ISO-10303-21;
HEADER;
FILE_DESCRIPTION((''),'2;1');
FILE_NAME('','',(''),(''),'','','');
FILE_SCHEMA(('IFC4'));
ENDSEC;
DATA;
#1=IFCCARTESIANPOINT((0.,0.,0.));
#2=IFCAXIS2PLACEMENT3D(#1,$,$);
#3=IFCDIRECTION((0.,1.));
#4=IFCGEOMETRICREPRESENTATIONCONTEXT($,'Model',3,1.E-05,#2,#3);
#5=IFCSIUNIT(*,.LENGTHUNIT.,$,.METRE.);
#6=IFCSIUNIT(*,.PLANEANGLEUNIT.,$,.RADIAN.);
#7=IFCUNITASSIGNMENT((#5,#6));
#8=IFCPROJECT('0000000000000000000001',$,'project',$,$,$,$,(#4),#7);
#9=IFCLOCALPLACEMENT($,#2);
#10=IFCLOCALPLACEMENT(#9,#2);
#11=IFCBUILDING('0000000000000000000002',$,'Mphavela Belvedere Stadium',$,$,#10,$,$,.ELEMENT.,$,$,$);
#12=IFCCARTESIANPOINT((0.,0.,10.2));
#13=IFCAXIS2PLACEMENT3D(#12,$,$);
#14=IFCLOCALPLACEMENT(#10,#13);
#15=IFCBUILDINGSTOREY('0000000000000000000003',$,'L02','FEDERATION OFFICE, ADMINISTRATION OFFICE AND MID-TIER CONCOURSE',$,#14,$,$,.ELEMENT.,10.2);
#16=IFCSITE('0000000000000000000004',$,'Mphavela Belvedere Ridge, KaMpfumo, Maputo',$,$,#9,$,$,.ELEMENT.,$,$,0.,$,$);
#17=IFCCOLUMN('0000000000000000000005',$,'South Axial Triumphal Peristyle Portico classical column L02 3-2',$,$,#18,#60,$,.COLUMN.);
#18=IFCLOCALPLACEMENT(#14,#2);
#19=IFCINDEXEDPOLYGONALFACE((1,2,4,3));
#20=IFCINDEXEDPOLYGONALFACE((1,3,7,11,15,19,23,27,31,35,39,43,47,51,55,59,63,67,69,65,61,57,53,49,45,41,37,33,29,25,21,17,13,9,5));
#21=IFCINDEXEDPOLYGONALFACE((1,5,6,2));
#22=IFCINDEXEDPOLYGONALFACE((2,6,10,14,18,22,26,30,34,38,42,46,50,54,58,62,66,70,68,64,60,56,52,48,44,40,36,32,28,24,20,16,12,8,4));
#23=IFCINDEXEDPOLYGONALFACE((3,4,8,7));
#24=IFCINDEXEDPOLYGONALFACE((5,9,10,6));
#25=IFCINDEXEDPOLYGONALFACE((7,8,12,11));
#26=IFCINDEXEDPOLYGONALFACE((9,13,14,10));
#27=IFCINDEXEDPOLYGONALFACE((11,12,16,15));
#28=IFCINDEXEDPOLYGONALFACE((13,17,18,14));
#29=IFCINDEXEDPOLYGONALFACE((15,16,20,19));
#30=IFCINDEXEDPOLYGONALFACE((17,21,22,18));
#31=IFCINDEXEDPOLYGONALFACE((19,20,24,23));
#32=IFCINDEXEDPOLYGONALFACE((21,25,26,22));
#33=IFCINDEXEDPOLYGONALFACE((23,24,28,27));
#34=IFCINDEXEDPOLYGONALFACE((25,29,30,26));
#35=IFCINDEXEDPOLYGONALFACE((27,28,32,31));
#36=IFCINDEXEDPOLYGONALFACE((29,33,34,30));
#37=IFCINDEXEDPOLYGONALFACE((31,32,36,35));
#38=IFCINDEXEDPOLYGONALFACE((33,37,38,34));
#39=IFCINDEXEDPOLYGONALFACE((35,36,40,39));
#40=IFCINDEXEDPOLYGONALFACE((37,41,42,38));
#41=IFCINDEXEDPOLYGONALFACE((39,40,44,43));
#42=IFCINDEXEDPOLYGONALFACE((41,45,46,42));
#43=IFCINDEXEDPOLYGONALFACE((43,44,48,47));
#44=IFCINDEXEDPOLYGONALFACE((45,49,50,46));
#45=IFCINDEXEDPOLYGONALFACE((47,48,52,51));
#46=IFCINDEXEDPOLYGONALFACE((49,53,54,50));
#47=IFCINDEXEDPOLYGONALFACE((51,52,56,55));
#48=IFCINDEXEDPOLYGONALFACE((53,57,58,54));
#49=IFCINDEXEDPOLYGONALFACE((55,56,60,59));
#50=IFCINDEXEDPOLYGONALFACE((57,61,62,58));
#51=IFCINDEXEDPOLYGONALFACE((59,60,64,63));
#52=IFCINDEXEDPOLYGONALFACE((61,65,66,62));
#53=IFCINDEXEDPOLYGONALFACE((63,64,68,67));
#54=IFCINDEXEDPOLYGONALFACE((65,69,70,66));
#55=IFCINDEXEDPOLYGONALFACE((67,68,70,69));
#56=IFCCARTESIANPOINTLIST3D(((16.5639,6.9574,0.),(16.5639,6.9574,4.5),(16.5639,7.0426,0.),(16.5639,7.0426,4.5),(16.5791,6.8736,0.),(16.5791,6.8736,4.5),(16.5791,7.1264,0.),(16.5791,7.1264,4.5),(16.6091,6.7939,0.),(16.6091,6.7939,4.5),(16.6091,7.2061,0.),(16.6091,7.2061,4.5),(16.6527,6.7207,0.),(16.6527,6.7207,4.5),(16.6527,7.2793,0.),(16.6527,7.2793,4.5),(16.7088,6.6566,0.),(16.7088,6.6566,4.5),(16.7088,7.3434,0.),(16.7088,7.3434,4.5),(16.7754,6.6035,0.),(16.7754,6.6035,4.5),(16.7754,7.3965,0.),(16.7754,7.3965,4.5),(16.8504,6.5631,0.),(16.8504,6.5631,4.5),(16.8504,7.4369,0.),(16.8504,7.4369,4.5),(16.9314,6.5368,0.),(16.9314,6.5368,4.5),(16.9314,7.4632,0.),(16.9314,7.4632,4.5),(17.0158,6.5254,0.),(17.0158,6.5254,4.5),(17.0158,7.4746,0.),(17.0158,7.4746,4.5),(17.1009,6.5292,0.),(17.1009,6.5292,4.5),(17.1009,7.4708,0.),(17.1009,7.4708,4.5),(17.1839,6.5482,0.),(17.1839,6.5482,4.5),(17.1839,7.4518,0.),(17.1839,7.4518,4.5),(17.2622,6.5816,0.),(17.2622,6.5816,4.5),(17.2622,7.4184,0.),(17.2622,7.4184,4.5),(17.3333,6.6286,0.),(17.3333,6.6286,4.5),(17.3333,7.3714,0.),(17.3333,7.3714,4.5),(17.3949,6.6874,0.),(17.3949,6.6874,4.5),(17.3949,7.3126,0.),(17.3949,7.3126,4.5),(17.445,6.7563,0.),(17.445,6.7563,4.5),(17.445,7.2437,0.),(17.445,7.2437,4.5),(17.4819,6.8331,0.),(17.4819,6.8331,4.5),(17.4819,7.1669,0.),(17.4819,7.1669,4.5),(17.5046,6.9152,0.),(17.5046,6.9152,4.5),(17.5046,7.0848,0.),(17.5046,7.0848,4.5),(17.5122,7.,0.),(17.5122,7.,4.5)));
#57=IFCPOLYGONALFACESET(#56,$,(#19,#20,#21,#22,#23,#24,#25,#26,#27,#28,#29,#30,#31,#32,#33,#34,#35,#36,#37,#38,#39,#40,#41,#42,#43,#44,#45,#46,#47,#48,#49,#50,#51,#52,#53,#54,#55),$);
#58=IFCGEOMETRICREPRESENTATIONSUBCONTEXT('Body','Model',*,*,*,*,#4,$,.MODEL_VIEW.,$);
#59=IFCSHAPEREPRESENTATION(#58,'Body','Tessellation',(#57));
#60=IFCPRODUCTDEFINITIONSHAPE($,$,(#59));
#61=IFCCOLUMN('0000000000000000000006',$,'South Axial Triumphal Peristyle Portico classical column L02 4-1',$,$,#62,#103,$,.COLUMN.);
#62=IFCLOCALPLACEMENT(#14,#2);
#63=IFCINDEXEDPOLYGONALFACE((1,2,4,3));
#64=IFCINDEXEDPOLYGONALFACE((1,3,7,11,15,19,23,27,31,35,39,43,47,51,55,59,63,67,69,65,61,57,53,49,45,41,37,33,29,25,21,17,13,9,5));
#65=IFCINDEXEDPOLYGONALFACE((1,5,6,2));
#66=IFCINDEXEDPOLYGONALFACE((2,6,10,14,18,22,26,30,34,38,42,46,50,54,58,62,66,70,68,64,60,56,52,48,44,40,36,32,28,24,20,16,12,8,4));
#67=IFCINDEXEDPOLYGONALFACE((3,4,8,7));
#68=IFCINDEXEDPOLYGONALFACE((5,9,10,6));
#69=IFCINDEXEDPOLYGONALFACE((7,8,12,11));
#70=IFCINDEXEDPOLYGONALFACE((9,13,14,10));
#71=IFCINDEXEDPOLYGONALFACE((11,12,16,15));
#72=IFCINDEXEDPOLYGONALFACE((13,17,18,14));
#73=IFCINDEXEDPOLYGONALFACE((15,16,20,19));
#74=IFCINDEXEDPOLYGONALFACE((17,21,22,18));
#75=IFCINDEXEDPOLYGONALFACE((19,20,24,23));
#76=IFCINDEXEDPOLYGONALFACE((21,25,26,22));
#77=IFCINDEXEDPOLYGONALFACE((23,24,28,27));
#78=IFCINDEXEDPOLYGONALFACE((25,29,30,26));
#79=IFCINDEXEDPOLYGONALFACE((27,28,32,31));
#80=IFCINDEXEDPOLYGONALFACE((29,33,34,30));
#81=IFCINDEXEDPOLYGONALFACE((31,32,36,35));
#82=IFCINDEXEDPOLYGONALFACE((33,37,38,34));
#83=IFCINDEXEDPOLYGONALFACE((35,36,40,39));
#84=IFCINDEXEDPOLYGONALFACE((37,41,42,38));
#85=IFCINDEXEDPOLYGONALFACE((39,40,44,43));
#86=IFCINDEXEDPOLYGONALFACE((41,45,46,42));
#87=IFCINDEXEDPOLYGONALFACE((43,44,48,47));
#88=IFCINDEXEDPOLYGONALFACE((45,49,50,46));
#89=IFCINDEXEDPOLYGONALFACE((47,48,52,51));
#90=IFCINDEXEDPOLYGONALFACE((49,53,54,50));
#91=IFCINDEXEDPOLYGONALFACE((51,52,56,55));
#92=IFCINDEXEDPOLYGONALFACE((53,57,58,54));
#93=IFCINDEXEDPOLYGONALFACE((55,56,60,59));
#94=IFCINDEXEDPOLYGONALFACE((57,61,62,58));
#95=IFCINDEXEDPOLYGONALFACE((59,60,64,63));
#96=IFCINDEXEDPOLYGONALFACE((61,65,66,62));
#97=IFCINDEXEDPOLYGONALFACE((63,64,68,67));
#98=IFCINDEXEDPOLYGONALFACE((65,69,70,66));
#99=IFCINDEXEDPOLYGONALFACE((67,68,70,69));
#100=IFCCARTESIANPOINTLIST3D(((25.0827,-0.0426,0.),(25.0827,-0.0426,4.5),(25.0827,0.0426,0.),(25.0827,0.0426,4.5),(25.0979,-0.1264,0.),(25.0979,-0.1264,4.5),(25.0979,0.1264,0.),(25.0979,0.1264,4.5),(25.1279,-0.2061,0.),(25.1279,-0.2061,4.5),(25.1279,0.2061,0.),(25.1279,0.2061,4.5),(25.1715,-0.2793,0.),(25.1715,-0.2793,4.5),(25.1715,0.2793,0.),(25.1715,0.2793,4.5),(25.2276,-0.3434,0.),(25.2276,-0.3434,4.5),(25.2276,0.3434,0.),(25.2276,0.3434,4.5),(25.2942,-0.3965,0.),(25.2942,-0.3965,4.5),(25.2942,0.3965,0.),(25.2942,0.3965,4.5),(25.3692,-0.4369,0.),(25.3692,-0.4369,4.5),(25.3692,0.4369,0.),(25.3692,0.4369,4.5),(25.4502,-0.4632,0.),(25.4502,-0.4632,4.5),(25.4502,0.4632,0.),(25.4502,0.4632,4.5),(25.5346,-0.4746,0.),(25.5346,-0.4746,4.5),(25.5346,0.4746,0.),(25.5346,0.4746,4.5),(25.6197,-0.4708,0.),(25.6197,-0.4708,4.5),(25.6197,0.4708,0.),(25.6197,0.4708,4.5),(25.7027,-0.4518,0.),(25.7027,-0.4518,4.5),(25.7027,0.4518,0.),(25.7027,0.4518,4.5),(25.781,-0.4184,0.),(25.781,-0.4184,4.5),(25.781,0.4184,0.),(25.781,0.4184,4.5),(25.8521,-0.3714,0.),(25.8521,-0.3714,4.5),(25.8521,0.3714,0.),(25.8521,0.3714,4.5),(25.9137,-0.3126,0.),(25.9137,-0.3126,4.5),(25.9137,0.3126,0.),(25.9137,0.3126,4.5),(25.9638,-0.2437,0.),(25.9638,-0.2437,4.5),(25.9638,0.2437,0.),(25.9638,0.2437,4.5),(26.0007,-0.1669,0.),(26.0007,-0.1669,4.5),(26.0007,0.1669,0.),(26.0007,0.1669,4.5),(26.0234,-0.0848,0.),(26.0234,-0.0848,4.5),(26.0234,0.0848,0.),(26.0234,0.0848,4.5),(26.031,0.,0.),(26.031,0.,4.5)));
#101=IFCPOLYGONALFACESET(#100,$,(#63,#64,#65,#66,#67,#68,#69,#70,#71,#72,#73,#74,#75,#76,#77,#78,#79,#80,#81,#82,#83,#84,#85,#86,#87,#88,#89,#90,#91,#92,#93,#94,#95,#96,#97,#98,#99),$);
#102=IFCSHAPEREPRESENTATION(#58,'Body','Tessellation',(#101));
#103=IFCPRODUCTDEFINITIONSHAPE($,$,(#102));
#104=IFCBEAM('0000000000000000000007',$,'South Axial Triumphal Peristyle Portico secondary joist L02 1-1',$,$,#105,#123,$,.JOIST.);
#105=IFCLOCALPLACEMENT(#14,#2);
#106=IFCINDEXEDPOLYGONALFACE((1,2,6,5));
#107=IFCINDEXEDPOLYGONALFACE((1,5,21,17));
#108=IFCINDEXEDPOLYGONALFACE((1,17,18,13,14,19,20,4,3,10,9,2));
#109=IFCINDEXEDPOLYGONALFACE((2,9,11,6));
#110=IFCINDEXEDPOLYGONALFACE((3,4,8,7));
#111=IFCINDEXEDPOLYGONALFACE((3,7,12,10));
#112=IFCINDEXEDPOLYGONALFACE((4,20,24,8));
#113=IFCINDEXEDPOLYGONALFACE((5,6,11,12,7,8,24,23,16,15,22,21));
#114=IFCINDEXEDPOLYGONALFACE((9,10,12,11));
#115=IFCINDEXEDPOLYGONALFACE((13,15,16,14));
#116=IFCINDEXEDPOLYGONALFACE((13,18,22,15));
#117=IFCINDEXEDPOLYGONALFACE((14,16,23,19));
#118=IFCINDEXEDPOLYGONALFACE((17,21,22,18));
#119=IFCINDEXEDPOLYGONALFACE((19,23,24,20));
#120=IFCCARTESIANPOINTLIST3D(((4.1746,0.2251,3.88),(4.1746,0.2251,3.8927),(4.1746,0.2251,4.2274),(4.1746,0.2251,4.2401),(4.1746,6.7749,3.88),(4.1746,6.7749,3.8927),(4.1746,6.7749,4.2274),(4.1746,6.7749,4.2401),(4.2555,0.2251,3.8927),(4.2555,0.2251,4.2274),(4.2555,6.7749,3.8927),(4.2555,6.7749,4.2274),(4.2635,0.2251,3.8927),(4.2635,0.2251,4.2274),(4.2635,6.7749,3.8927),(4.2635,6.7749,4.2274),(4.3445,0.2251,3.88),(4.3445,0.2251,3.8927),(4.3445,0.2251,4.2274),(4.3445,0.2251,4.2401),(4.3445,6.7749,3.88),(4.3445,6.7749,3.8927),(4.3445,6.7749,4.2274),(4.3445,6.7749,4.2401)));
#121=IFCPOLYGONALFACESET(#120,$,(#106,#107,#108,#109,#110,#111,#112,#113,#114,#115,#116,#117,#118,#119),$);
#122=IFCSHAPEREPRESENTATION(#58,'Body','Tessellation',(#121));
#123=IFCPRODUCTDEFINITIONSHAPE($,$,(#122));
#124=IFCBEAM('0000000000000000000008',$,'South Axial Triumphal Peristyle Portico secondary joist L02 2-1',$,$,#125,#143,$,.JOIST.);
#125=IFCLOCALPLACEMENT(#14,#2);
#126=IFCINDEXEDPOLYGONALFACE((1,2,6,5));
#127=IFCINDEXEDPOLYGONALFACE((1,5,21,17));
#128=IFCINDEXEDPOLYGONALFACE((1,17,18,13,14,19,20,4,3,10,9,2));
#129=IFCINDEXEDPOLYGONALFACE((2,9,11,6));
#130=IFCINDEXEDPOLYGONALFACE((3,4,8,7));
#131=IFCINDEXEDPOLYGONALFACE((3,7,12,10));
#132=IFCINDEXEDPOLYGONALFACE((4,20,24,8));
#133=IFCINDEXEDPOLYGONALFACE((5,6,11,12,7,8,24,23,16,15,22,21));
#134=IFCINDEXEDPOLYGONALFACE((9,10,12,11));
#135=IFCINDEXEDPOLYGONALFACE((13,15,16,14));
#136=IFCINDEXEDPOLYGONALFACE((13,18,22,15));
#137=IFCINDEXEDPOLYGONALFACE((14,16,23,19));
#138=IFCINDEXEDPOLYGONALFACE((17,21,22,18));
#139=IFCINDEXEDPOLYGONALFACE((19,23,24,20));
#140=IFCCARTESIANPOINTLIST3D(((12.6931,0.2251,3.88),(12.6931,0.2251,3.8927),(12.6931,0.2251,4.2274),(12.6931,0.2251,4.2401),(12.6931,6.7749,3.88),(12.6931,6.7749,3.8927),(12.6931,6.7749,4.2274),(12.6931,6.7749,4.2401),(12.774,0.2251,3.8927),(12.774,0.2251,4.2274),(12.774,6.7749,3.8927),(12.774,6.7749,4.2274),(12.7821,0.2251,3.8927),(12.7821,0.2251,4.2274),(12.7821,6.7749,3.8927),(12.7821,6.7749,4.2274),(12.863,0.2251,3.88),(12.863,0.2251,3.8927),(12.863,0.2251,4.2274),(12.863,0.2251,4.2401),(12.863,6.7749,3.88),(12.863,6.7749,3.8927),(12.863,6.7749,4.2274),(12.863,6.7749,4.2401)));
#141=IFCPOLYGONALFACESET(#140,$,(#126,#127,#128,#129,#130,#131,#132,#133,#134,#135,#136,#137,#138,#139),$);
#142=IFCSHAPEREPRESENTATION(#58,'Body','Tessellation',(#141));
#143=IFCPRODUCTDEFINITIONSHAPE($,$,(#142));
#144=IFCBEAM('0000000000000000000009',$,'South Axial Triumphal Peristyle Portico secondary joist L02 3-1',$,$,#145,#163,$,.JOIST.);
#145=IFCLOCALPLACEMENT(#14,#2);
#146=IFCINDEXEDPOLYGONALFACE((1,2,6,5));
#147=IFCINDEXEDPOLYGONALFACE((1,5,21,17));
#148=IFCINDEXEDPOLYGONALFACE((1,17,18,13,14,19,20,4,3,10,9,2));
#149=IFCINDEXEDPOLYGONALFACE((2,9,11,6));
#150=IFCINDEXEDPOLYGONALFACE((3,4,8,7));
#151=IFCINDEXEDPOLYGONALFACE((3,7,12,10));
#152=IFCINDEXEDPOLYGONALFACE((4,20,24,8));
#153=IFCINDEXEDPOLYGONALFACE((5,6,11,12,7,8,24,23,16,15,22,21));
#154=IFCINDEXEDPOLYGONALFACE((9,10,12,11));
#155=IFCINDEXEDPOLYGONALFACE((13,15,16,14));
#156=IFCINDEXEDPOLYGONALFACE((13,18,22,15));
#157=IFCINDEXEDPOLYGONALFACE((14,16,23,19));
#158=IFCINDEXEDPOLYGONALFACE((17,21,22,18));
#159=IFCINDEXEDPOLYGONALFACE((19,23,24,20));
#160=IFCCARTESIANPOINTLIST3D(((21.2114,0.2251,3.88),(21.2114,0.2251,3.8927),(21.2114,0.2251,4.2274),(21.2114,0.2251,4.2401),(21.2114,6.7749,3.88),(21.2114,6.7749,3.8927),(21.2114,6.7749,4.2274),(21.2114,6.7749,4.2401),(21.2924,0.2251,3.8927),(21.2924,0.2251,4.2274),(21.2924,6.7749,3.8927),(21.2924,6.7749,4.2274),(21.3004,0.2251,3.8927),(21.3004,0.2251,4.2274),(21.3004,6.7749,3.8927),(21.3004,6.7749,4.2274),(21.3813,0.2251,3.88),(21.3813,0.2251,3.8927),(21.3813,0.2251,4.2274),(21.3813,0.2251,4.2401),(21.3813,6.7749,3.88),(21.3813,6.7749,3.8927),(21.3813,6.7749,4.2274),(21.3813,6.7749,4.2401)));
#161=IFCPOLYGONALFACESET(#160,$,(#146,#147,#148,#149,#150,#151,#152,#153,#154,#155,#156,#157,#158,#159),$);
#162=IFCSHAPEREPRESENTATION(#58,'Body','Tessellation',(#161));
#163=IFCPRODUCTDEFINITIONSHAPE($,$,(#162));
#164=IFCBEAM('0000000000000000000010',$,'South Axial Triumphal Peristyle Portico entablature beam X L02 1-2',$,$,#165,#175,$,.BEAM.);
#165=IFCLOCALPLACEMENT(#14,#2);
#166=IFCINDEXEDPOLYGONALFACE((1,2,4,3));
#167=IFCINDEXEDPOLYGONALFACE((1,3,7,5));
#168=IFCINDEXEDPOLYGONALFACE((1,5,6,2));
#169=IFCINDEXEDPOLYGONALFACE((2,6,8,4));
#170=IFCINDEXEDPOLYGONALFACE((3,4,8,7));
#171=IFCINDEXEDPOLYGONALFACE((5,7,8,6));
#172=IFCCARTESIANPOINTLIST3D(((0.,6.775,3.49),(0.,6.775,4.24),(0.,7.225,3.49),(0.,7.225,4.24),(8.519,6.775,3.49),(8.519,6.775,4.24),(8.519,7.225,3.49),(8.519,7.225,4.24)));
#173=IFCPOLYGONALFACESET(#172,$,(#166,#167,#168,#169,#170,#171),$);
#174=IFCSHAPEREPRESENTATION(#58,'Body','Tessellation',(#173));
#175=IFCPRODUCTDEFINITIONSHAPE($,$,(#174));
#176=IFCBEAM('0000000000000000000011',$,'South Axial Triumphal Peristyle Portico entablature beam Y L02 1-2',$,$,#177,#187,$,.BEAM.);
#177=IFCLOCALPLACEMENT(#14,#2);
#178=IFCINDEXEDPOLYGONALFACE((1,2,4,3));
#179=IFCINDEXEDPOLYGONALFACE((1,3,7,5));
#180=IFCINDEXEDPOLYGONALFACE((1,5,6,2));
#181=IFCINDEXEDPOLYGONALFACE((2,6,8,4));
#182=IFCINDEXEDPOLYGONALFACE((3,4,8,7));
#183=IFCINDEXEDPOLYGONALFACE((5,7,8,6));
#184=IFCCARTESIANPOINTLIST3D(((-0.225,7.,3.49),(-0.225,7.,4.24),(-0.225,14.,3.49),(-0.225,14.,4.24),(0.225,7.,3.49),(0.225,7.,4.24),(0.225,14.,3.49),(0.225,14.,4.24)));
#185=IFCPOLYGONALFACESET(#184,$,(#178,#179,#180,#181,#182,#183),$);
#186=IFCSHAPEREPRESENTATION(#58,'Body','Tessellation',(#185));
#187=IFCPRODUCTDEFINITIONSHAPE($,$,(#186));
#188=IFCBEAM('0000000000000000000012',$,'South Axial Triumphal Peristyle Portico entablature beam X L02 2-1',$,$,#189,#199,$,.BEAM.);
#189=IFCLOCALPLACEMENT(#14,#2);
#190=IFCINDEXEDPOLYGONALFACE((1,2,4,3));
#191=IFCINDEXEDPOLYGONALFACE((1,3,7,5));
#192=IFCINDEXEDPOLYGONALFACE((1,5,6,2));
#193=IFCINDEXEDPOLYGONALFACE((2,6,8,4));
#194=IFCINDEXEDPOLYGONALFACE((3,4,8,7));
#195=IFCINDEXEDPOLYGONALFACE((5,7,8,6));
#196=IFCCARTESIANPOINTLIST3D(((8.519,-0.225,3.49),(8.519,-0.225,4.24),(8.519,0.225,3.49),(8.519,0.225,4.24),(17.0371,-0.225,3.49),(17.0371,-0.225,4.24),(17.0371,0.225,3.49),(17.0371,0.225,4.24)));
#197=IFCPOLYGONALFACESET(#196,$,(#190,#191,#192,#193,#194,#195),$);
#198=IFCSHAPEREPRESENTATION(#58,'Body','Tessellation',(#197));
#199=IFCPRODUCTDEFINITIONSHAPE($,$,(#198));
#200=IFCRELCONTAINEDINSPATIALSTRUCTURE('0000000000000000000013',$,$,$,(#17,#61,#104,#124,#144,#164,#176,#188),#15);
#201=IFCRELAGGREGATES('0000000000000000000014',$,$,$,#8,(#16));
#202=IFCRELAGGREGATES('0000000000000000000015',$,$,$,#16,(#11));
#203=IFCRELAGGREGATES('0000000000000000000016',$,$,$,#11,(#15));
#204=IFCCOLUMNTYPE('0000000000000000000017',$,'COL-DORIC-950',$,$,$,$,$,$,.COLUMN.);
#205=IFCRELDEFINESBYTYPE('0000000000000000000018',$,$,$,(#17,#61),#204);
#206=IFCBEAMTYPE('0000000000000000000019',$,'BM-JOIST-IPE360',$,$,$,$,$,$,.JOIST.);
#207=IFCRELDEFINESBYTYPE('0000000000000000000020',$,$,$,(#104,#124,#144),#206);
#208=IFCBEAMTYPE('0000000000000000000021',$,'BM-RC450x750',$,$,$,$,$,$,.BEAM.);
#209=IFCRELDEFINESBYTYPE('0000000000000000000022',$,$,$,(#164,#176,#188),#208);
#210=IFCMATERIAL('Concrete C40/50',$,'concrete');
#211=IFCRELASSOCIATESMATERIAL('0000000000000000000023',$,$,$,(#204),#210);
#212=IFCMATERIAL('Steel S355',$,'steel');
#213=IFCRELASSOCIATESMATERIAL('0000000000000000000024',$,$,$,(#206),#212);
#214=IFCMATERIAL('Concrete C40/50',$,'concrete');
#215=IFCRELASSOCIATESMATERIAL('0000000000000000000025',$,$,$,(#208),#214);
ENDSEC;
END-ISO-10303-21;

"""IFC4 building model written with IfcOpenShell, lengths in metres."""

from ifc_helpers import new_model, si_unit, direction, frame, origin, origin_2d, place, context, subcontext, project, spatial, rectangle, circle, i_section, extrude, material, material_profile, profile_set, type_object, element, save


model = new_model("IFC4")

# Units and contexts
model_context = context("Model", 3, precision=1e-05, world=origin(), true_north=direction((0.0, 1.0)))
body_context = subcontext(model_context, "Body", "Model", "MODEL_VIEW")
ifc_project = project(units=[si_unit("LENGTHUNIT", "METRE"), si_unit("PLANEANGLEUNIT", "RADIAN")], contexts=[model_context])

# Site, building, storey
site_placement = place(None, origin())
site = spatial("IfcSite", under=ifc_project, at=site_placement, Name="Mphavela Belvedere Ridge, KaMpfumo, Maputo", CompositionType="ELEMENT", RefElevation=0.0)
building_placement = place(site_placement, origin())
building = spatial("IfcBuilding", under=site, at=building_placement, Name="Mphavela Belvedere Stadium", CompositionType="ELEMENT")
storey_placement = place(building_placement, frame((0.0, 0.0, 10.2)))
storey = spatial("IfcBuildingStorey", under=building, at=storey_placement, Name="L02", Description="FEDERATION OFFICE, ADMINISTRATION OFFICE AND MID-TIER CONCOURSE", CompositionType="ELEMENT", Elevation=10.2)

# Columns
ifc_material_1 = material(Name="Concrete C40/50", Category="concrete")
ifc_material_profile_1 = material_profile(ifc_material_1, circle(Radius=0.4751, at=origin_2d()), Name="COL D950")
ifc_profile_set_1 = profile_set([ifc_material_profile_1], Name="Concrete C40/50")
column_type = type_object("IfcColumnType", Name="COL-DORIC-950", PredefinedType="COLUMN", material=ifc_profile_set_1)
for number, where, z_axis, x_axis, name in (
    (1, (17.0371, 7.0, 0.0), (0.0, 0.0, 1.0), (1.0, 0.0, 0.0), "South Axial Triumphal Peristyle Portico classical column L02 3-2"),
    (2, (25.5559, 0.0, 0.0), (0.0, 0.0, 1.0), (1.0, 0.0, 0.0), "South Axial Triumphal Peristyle Portico classical column L02 4-1"),
):
    element("IfcColumn", number, at=place(storey_placement, frame(where, z_axis=z_axis, x_axis=x_axis)), inside=storey, type_object=column_type, Name=name, PredefinedType="COLUMN", context=body_context, shape_type="SweptSolid", body=[
        extrude(circle(Radius=0.4751, at=origin_2d()), origin(), (0.0, 0.0, 1.0), 4.5),
    ])

# Beams
ifc_material_2 = material(Name="Steel S355", Category="steel")
ifc_material_profile_2 = material_profile(ifc_material_2, i_section(OverallWidth=0.1699, OverallDepth=0.3601, WebThickness=0.0081, FlangeThickness=0.0127, at=origin_2d()), Name="IPE 360")
ifc_profile_set_2 = profile_set([ifc_material_profile_2], Name="Steel S355")
beam_type_1 = type_object("IfcBeamType", Name="BM-JOIST-IPE360", PredefinedType="JOIST", material=ifc_profile_set_2)
for number, where, z_axis, x_axis, name in (
    (3, (4.2595, 0.2251, 4.0601), (0.0, 1.0, 0.0), (-1.0, 0.0, 0.0), "South Axial Triumphal Peristyle Portico secondary joist L02 1-1"),
    (4, (12.7781, 0.2251, 4.0601), (0.0, 1.0, 0.0), (-1.0, 0.0, 0.0), "South Axial Triumphal Peristyle Portico secondary joist L02 2-1"),
    (5, (21.2964, 0.2251, 4.0601), (0.0, 1.0, 0.0), (-1.0, 0.0, 0.0), "South Axial Triumphal Peristyle Portico secondary joist L02 3-1"),
):
    element("IfcBeam", number, at=place(storey_placement, frame(where, z_axis=z_axis, x_axis=x_axis)), inside=storey, type_object=beam_type_1, Name=name, PredefinedType="JOIST", context=body_context, shape_type="SweptSolid", body=[
        extrude(i_section(OverallWidth=0.1699, OverallDepth=0.3601, WebThickness=0.0081, FlangeThickness=0.0127, at=origin_2d()), origin(), (0.0, 0.0, 1.0), 6.5498),
    ])
ifc_material_3 = material(Name="Concrete C40/50", Category="concrete")
ifc_material_profile_3 = material_profile(ifc_material_3, rectangle(XDim=0.45, YDim=0.75, at=origin_2d()), Name="RC 450x750")
ifc_profile_set_3 = profile_set([ifc_material_profile_3], Name="Concrete C40/50")
beam_type_2 = type_object("IfcBeamType", Name="BM-RC450x750", PredefinedType="BEAM", material=ifc_profile_set_3)
beam_1_placement = place(storey_placement, frame((0.0, 7.0, 3.865), z_axis=(1.0, 0.0, 0.0), x_axis=(0.0, 1.0, 0.0)))
element("IfcBeam", 6, at=beam_1_placement, inside=storey, type_object=beam_type_2, Name="South Axial Triumphal Peristyle Portico entablature beam X L02 1-2", PredefinedType="BEAM", context=body_context, shape_type="SweptSolid", body=[
    extrude(rectangle(XDim=0.45, YDim=0.75, at=origin_2d()), origin(), (0.0, 0.0, 1.0), 8.519),
])
beam_2_placement = place(storey_placement, frame((0.0, 7.0, 3.865), z_axis=(0.0, 1.0, 0.0), x_axis=(-1.0, 0.0, 0.0)))
element("IfcBeam", 7, at=beam_2_placement, inside=storey, type_object=beam_type_2, Name="South Axial Triumphal Peristyle Portico entablature beam Y L02 1-2", PredefinedType="BEAM", context=body_context, shape_type="SweptSolid", body=[
    extrude(rectangle(XDim=0.45, YDim=0.75, at=origin_2d()), origin(), (0.0, 0.0, 1.0), 7.0),
])
beam_3_placement = place(storey_placement, frame((8.519, 0.0, 3.865), z_axis=(1.0, 0.0, 0.0), x_axis=(0.0, 1.0, 0.0)))
element("IfcBeam", 8, at=beam_3_placement, inside=storey, type_object=beam_type_2, Name="South Axial Triumphal Peristyle Portico entablature beam X L02 2-1", PredefinedType="BEAM", context=body_context, shape_type="SweptSolid", body=[
    extrude(rectangle(XDim=0.45, YDim=0.75, at=origin_2d()), origin(), (0.0, 0.0, 1.0), 8.5181),
])

save(model, "model.ifc")
